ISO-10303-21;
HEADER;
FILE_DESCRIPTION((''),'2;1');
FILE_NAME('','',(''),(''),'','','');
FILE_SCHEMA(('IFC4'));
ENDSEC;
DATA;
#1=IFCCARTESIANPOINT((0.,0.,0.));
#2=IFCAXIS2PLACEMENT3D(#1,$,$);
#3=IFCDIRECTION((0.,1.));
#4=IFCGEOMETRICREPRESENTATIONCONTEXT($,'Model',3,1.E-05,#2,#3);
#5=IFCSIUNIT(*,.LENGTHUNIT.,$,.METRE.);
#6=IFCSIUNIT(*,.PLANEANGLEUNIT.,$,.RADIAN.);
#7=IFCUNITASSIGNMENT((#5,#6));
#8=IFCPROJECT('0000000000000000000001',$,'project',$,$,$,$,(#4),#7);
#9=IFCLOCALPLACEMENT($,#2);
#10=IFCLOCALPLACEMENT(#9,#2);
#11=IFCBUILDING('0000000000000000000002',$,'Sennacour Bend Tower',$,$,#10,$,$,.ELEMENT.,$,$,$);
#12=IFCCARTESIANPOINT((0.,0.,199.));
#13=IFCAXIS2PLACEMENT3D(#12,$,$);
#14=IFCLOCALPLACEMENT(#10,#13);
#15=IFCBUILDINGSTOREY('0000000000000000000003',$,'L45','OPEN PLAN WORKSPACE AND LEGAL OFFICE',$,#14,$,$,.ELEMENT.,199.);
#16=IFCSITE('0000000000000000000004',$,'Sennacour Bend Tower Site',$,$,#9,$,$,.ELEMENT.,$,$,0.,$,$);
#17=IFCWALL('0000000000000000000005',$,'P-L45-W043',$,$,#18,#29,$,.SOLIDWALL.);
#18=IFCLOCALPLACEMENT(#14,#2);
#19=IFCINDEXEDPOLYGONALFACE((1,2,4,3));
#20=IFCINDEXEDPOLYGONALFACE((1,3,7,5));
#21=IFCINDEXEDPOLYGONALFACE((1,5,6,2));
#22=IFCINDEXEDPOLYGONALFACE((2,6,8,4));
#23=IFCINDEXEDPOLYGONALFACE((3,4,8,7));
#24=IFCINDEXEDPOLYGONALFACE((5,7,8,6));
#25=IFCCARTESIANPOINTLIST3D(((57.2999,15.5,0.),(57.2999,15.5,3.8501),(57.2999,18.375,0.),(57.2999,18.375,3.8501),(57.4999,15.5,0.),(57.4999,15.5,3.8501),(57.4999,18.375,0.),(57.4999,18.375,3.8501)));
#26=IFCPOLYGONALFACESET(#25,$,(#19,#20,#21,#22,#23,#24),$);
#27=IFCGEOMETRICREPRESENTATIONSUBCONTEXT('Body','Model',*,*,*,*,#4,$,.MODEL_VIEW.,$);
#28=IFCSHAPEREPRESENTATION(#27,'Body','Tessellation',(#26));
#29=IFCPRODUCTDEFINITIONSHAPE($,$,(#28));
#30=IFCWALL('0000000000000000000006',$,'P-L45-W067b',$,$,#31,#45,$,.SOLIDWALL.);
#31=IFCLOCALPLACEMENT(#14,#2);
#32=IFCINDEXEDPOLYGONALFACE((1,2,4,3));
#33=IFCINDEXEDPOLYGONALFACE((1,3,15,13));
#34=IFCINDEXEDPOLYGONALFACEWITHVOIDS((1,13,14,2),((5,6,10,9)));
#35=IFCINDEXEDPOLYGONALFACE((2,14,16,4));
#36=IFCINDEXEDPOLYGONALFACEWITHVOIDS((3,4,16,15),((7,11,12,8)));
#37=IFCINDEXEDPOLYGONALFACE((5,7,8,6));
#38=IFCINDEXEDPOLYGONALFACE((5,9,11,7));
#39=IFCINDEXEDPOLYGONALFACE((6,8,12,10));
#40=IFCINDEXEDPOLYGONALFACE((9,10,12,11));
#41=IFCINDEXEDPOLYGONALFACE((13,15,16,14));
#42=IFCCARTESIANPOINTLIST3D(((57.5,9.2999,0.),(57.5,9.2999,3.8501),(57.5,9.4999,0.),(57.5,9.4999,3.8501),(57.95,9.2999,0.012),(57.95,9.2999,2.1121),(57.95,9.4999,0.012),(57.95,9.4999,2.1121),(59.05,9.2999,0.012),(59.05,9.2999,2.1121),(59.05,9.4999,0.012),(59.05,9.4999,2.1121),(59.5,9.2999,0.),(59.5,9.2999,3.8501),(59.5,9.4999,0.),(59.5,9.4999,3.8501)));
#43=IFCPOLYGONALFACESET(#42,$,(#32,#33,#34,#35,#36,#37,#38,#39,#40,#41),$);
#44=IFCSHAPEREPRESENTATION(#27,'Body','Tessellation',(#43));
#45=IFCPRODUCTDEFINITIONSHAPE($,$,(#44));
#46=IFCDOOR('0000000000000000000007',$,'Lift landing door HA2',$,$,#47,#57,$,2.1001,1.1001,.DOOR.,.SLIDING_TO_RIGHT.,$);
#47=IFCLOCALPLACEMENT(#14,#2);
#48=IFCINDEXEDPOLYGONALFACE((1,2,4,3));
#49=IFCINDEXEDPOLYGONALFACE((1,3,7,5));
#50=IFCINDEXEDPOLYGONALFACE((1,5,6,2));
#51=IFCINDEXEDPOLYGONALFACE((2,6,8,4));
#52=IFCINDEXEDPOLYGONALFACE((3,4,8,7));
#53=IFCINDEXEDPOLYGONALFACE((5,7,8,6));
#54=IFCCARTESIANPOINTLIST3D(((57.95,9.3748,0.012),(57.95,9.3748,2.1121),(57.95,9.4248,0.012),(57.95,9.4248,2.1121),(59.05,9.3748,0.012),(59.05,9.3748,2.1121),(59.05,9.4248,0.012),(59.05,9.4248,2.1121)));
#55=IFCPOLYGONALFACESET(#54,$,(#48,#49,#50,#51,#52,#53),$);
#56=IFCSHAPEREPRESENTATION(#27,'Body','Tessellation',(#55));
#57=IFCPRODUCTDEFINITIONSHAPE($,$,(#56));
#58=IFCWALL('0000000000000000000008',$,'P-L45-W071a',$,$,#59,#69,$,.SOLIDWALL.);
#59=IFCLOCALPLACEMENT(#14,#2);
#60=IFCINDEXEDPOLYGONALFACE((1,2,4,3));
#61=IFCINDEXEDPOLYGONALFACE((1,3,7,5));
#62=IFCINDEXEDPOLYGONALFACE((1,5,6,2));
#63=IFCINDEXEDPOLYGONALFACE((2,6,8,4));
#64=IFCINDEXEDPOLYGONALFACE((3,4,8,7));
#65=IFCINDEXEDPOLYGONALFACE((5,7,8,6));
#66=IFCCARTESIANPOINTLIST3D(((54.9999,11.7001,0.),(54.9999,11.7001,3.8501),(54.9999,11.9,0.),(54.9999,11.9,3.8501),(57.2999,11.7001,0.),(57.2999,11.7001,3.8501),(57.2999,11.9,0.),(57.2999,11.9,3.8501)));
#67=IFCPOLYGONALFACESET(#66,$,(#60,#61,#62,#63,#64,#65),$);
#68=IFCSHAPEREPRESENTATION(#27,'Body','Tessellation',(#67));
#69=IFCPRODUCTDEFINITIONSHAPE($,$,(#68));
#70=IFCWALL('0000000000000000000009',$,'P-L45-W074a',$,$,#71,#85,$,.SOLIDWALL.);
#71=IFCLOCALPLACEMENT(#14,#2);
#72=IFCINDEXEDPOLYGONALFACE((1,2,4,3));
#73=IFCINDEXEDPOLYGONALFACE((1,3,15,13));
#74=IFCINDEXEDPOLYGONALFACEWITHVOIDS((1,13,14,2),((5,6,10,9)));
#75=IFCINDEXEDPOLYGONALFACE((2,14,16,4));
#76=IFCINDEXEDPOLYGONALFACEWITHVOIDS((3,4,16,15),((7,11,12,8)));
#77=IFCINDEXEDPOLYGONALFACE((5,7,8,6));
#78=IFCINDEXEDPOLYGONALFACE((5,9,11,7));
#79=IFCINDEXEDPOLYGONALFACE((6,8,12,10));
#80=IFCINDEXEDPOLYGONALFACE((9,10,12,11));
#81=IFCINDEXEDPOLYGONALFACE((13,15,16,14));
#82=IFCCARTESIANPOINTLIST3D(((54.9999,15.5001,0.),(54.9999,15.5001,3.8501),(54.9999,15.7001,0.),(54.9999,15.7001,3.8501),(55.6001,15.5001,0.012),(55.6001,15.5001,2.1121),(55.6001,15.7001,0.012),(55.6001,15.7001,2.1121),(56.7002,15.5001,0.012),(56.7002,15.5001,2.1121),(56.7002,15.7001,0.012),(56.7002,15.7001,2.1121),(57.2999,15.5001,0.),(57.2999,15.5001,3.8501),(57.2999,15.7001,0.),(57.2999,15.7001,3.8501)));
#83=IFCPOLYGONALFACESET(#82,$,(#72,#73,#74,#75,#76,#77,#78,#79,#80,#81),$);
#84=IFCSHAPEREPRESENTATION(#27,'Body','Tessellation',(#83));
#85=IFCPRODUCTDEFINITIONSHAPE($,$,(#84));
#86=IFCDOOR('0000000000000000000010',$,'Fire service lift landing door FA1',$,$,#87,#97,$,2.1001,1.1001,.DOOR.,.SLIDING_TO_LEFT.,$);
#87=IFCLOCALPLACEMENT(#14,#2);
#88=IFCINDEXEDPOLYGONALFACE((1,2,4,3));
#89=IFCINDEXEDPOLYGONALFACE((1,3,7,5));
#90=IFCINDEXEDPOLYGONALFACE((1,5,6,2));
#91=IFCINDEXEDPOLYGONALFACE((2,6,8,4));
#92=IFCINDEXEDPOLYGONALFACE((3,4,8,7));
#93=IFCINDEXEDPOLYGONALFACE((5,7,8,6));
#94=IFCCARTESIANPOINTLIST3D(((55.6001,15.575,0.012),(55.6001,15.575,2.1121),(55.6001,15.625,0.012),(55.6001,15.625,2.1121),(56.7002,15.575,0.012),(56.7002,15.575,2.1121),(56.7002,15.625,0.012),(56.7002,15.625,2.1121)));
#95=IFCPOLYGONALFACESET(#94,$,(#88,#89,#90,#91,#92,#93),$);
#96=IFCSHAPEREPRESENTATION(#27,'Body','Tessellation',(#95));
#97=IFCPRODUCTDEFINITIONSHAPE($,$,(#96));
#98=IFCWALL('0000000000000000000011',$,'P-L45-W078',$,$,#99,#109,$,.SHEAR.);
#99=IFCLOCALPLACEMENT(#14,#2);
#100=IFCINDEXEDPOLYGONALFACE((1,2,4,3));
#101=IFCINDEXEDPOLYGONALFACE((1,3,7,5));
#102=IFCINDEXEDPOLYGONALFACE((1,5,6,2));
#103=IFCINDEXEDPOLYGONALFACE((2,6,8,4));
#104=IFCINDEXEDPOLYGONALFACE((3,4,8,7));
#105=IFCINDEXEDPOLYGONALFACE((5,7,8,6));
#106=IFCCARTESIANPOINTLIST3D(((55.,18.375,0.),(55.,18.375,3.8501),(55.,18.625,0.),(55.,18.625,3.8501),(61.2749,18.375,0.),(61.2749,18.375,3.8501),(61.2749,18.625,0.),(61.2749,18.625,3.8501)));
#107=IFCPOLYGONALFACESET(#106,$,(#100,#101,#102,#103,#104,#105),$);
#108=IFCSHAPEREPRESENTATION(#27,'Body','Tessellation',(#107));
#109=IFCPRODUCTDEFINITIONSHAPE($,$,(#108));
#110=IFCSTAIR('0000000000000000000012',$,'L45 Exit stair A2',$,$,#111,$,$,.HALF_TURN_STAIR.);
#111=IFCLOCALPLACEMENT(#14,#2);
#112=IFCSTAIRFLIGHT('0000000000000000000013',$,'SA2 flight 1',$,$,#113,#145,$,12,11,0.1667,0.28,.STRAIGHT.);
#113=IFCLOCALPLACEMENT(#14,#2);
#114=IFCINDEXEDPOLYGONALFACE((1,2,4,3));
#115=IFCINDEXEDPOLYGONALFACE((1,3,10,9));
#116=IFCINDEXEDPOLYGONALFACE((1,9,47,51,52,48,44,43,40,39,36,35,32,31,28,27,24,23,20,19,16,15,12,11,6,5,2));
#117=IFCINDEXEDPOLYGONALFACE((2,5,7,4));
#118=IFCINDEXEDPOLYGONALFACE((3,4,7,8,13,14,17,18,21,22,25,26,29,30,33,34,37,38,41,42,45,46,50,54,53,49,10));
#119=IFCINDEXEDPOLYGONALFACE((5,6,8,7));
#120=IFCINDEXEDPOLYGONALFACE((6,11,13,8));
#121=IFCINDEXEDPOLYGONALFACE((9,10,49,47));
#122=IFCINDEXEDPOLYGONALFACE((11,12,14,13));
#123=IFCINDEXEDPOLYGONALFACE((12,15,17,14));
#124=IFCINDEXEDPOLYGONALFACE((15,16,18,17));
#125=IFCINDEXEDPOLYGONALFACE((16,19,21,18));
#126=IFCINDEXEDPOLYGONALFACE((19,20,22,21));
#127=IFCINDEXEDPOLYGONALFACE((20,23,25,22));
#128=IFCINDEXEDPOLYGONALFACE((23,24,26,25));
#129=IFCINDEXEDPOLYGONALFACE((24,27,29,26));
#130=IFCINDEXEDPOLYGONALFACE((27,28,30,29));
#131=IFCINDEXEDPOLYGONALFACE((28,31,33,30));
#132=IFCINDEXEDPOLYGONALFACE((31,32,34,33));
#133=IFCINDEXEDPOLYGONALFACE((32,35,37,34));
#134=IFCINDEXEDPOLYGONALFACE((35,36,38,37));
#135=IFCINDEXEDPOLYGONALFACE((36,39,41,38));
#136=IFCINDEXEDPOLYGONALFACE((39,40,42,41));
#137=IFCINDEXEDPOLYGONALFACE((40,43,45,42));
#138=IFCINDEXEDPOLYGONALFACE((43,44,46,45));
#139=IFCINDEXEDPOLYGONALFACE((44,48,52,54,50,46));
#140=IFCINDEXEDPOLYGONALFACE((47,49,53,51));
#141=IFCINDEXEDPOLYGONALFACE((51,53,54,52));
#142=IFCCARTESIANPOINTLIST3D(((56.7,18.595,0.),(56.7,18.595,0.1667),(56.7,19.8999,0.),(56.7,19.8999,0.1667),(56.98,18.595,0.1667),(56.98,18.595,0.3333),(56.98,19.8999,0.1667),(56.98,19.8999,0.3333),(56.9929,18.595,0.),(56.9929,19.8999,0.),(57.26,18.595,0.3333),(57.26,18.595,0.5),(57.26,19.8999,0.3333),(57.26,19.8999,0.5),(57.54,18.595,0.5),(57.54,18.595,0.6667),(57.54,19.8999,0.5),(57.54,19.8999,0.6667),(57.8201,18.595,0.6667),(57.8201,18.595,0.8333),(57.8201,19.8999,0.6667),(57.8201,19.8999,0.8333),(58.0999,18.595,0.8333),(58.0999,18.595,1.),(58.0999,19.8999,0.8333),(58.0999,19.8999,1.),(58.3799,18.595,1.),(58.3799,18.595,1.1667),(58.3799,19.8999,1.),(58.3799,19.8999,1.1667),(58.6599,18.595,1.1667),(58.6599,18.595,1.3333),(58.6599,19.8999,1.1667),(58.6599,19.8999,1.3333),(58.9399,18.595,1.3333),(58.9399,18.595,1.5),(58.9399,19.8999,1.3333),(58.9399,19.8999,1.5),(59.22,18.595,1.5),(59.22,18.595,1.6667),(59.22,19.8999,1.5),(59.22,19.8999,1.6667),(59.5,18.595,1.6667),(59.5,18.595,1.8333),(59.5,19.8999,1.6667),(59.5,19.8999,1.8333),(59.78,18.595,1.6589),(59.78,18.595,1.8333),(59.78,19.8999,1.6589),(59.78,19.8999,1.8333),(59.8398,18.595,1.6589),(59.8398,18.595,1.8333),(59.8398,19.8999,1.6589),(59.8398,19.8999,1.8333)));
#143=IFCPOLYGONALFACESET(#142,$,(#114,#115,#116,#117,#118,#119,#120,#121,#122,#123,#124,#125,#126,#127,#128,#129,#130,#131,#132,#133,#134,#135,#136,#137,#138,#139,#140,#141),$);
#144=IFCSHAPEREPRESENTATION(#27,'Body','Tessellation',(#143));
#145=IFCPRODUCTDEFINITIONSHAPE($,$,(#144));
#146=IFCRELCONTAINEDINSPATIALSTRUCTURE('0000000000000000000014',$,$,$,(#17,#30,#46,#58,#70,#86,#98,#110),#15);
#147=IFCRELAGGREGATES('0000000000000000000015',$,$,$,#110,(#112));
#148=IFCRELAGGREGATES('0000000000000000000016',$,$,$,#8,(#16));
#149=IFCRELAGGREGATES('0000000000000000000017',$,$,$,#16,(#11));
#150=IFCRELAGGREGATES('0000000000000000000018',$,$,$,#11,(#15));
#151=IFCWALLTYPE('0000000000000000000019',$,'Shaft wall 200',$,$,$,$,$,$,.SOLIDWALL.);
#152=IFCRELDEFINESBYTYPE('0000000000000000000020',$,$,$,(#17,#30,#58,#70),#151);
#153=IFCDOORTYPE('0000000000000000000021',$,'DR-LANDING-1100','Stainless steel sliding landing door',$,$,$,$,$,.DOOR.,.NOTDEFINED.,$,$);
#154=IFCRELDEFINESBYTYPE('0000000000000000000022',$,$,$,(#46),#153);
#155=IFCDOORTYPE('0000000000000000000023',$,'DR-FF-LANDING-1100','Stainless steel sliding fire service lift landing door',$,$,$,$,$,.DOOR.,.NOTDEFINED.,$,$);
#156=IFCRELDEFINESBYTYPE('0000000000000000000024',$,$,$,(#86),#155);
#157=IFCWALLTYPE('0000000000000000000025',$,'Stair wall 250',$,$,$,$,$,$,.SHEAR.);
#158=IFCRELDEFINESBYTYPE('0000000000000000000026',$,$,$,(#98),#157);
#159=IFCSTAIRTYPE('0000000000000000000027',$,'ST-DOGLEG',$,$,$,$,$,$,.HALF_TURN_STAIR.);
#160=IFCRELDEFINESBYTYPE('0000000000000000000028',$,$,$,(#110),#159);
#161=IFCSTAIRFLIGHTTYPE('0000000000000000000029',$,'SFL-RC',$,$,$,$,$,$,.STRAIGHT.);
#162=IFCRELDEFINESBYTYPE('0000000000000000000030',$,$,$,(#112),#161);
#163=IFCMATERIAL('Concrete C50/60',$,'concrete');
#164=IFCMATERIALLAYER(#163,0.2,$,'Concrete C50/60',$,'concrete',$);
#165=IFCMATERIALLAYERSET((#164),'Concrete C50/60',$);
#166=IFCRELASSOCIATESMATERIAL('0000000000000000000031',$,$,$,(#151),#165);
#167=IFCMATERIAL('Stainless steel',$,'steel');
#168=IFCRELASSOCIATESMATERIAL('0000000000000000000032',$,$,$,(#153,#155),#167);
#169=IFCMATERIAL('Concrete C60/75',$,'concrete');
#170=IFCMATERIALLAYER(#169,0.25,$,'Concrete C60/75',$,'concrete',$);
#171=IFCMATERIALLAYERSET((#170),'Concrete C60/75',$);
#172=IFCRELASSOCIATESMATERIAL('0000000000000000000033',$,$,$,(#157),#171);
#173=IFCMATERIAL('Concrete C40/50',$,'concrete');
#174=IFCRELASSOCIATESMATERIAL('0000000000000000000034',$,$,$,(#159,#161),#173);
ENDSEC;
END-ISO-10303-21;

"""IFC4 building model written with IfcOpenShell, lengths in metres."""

from ifc_helpers import new_model, si_unit, direction, frame, frame_2d, origin, place, context, subcontext, project, spatial, polyline, rectangle, outline, extrude, material, layer, layer_set, type_object, element, fill, aggregate, save


model = new_model("IFC4")

# Units and contexts
model_context = context("Model", 3, precision=1e-05, world=origin(), true_north=direction((0.0, 1.0)))
body_context = subcontext(model_context, "Body", "Model", "MODEL_VIEW")
ifc_project = project(units=[si_unit("LENGTHUNIT", "METRE"), si_unit("PLANEANGLEUNIT", "RADIAN")], contexts=[model_context])

# Site, building, storey
site_placement = place(None, origin())
site = spatial("IfcSite", under=ifc_project, at=site_placement, Name="Sennacour Bend Tower Site", CompositionType="ELEMENT", RefElevation=0.0)
building_placement = place(site_placement, origin())
building = spatial("IfcBuilding", under=site, at=building_placement, Name="Sennacour Bend Tower", CompositionType="ELEMENT")
storey_placement = place(building_placement, frame((0.0, 0.0, 199.0)))
storey = spatial("IfcBuildingStorey", under=building, at=storey_placement, Name="L45", Description="OPEN PLAN WORKSPACE AND LEGAL OFFICE", CompositionType="ELEMENT", Elevation=199.0)

# Shared definitions
ifc_material_1 = material(Name="Concrete C60/75", Category="concrete")

# Wall
ifc_material_2 = material(Name="Concrete C50/60", Category="concrete")
ifc_layer_1 = layer(ifc_material_2, 0.2, Name="Concrete C50/60", Category="concrete")
ifc_layer_set_1 = layer_set([ifc_layer_1], Name="Concrete C50/60")
wall_type_1 = type_object("IfcWallType", Name="Shaft wall 200", PredefinedType="SOLIDWALL", material=ifc_layer_set_1)
wall_1_placement = place(storey_placement, frame((57.3999, 15.5, 0.0), z_axis=(0.0, 0.0, 1.0), x_axis=(0.0, 1.0, 0.0)))
element("IfcWall", 1, at=wall_1_placement, inside=storey, type_object=wall_type_1, Name="P-L45-W043", PredefinedType="SOLIDWALL", context=body_context, shape_type="SweptSolid", body=[
    extrude(rectangle(XDim=2.875, YDim=0.2, at=frame_2d((1.4375, 0.0))), origin(), (0.0, 0.0, 1.0), 3.8501),
])

# Wall, opening, door
wall_2_placement = place(storey_placement, frame((57.5, 9.3999, 0.0), z_axis=(0.0, 0.0, 1.0), x_axis=(1.0, 0.0, 0.0)))
wall_2 = element("IfcWall", 2, at=wall_2_placement, inside=storey, type_object=wall_type_1, Name="P-L45-W067b", PredefinedType="SOLIDWALL", context=body_context, shape_type="SweptSolid", body=[
    extrude(rectangle(XDim=2.0, YDim=0.2, at=frame_2d((1.0, 0.0))), origin(), (0.0, 0.0, 1.0), 3.8501),
])
opening_1_placement = place(wall_2_placement, frame((0.45, 0.0, 0.012)))
opening_1 = element("IfcOpeningElement", 3, at=opening_1_placement, cuts=wall_2, PredefinedType="OPENING", context=body_context, shape_type="SweptSolid", body=[
    extrude(rectangle(XDim=1.1001, YDim=2.1001, at=frame_2d((0.55, 1.05))), frame((0.0, 0.1099, 0.0), z_axis=(0.0, -1.0, 0.0), x_axis=(1.0, 0.0, 0.0)), (0.0, 0.0, 1.0), 0.22),
])
ifc_material_3 = material(Name="Stainless steel", Category="steel")
door_type_1 = type_object("IfcDoorType", Name="DR-LANDING-1100", Description="Stainless steel sliding landing door", OperationType="NOTDEFINED", PredefinedType="DOOR", material=ifc_material_3)
door_1_placement = place(opening_1_placement, origin())
door_1 = element("IfcDoor", 4, at=door_1_placement, inside=storey, type_object=door_type_1, Name="Lift landing door HA2", OperationType="SLIDING_TO_RIGHT", OverallHeight=2.1001, OverallWidth=1.1001, PredefinedType="DOOR", context=body_context, shape_type="SweptSolid", body=[
    extrude(rectangle(XDim=1.1001, YDim=2.1001, at=frame_2d((0.55, 1.05))), frame((0.0, 0.0249, 0.0), z_axis=(0.0, -1.0, 0.0), x_axis=(1.0, 0.0, 0.0)), (0.0, 0.0, 1.0), 0.05),
])
fill(opening_1, door_1)

# Wall
wall_3_placement = place(storey_placement, frame((55.0, 11.8, 0.0), z_axis=(0.0, 0.0, 1.0), x_axis=(1.0, 0.0, 0.0)))
element("IfcWall", 5, at=wall_3_placement, inside=storey, type_object=wall_type_1, Name="P-L45-W071a", PredefinedType="SOLIDWALL", context=body_context, shape_type="SweptSolid", body=[
    extrude(rectangle(XDim=2.3, YDim=0.2, at=frame_2d((1.1499, 0.0))), origin(), (0.0, 0.0, 1.0), 3.8501),
])

# Wall, opening, door
wall_4_placement = place(storey_placement, frame((55.0, 15.6001, 0.0), z_axis=(0.0, 0.0, 1.0), x_axis=(1.0, 0.0, 0.0)))
wall_4 = element("IfcWall", 6, at=wall_4_placement, inside=storey, type_object=wall_type_1, Name="P-L45-W074a", PredefinedType="SOLIDWALL", context=body_context, shape_type="SweptSolid", body=[
    extrude(rectangle(XDim=2.3, YDim=0.2, at=frame_2d((1.1499, 0.0))), origin(), (0.0, 0.0, 1.0), 3.8501),
])
opening_2_placement = place(wall_4_placement, frame((0.6001, 0.0, 0.012)))
opening_2 = element("IfcOpeningElement", 7, at=opening_2_placement, cuts=wall_4, PredefinedType="OPENING", context=body_context, shape_type="SweptSolid", body=[
    extrude(rectangle(XDim=1.1001, YDim=2.1001, at=frame_2d((0.55, 1.05))), frame((0.0, 0.1099, 0.0), z_axis=(0.0, -1.0, 0.0), x_axis=(1.0, 0.0, 0.0)), (0.0, 0.0, 1.0), 0.22),
])
door_type_2 = type_object("IfcDoorType", Name="DR-FF-LANDING-1100", Description="Stainless steel sliding fire service lift landing door", OperationType="NOTDEFINED", PredefinedType="DOOR", material=ifc_material_3)
door_2_placement = place(opening_2_placement, origin())
door_2 = element("IfcDoor", 8, at=door_2_placement, inside=storey, type_object=door_type_2, Name="Fire service lift landing door FA1", OperationType="SLIDING_TO_LEFT", OverallHeight=2.1001, OverallWidth=1.1001, PredefinedType="DOOR", context=body_context, shape_type="SweptSolid", body=[
    extrude(rectangle(XDim=1.1001, YDim=2.1001, at=frame_2d((0.55, 1.05))), frame((0.0, 0.0249, 0.0), z_axis=(0.0, -1.0, 0.0), x_axis=(1.0, 0.0, 0.0)), (0.0, 0.0, 1.0), 0.05),
])
fill(opening_2, door_2)

# Wall
ifc_layer_2 = layer(ifc_material_1, 0.25, Name="Concrete C60/75", Category="concrete")
ifc_layer_set_2 = layer_set([ifc_layer_2], Name="Concrete C60/75")
wall_type_2 = type_object("IfcWallType", Name="Stair wall 250", PredefinedType="SHEAR", material=ifc_layer_set_2)
wall_5_placement = place(storey_placement, frame((55.0, 18.5, 0.0), z_axis=(0.0, 0.0, 1.0), x_axis=(1.0, 0.0, 0.0)))
element("IfcWall", 9, at=wall_5_placement, inside=storey, type_object=wall_type_2, Name="P-L45-W078", PredefinedType="SHEAR", context=body_context, shape_type="SweptSolid", body=[
    extrude(rectangle(XDim=6.2749, YDim=0.25, at=frame_2d((3.1375, 0.0))), origin(), (0.0, 0.0, 1.0), 3.8501),
])

# Stair, stair flight
ifc_material_4 = material(Name="Concrete C40/50", Category="concrete")
stair_type = type_object("IfcStairType", Name="ST-DOGLEG", PredefinedType="HALF_TURN_STAIR", material=ifc_material_4)
stair_placement = place(storey_placement, origin())
stair = element("IfcStair", 10, at=stair_placement, inside=storey, type_object=stair_type, Name="L45 Exit stair A2", PredefinedType="HALF_TURN_STAIR")
stair_flight_type = type_object("IfcStairFlightType", Name="SFL-RC", PredefinedType="STRAIGHT", material=ifc_material_4)
stair_flight_placement = place(storey_placement, frame((56.7, 19.2476, 0.0), z_axis=(0.0, 0.0, 1.0), x_axis=(1.0, 0.0, 0.0)))
stair_flight = element("IfcStairFlight", 11, at=stair_flight_placement, type_object=stair_flight_type, Name="SA2 flight 1", NumberOfRisers=12, NumberOfTreads=11, PredefinedType="STRAIGHT", RiserHeight=0.1667, TreadLength=0.28, context=body_context, shape_type="SweptSolid", body=[
    extrude(outline(polyline([(0.0, 0.0), (0.0, 0.1667), (0.28, 0.1667), (0.28, 0.3333), (0.5601, 0.3333), (0.5601, 0.5), (0.8401, 0.5), (0.8401, 0.6667), (1.1201, 0.6667), (1.1201, 0.8333), (1.3999, 0.8333), (1.3999, 1.0), (1.6799, 1.0), (1.6799, 1.1667), (1.96, 1.1667), (1.96, 1.3333), (2.24, 1.3333), (2.24, 1.5), (2.52, 1.5), (2.52, 1.6667), (2.8, 1.6667), (2.8, 1.8333), (3.0801, 1.8333), (3.1399, 1.8333), (3.1399, 1.6589), (3.0801, 1.6589), (0.293, 0.0), (0.0, 0.0)])), frame((0.0, 0.6523, 0.0), z_axis=(0.0, -1.0, 0.0), x_axis=(1.0, 0.0, 0.0)), (0.0, 0.0, 1.0), 1.3049),
])
aggregate(stair, [stair_flight])

save(model, "model.ifc")
